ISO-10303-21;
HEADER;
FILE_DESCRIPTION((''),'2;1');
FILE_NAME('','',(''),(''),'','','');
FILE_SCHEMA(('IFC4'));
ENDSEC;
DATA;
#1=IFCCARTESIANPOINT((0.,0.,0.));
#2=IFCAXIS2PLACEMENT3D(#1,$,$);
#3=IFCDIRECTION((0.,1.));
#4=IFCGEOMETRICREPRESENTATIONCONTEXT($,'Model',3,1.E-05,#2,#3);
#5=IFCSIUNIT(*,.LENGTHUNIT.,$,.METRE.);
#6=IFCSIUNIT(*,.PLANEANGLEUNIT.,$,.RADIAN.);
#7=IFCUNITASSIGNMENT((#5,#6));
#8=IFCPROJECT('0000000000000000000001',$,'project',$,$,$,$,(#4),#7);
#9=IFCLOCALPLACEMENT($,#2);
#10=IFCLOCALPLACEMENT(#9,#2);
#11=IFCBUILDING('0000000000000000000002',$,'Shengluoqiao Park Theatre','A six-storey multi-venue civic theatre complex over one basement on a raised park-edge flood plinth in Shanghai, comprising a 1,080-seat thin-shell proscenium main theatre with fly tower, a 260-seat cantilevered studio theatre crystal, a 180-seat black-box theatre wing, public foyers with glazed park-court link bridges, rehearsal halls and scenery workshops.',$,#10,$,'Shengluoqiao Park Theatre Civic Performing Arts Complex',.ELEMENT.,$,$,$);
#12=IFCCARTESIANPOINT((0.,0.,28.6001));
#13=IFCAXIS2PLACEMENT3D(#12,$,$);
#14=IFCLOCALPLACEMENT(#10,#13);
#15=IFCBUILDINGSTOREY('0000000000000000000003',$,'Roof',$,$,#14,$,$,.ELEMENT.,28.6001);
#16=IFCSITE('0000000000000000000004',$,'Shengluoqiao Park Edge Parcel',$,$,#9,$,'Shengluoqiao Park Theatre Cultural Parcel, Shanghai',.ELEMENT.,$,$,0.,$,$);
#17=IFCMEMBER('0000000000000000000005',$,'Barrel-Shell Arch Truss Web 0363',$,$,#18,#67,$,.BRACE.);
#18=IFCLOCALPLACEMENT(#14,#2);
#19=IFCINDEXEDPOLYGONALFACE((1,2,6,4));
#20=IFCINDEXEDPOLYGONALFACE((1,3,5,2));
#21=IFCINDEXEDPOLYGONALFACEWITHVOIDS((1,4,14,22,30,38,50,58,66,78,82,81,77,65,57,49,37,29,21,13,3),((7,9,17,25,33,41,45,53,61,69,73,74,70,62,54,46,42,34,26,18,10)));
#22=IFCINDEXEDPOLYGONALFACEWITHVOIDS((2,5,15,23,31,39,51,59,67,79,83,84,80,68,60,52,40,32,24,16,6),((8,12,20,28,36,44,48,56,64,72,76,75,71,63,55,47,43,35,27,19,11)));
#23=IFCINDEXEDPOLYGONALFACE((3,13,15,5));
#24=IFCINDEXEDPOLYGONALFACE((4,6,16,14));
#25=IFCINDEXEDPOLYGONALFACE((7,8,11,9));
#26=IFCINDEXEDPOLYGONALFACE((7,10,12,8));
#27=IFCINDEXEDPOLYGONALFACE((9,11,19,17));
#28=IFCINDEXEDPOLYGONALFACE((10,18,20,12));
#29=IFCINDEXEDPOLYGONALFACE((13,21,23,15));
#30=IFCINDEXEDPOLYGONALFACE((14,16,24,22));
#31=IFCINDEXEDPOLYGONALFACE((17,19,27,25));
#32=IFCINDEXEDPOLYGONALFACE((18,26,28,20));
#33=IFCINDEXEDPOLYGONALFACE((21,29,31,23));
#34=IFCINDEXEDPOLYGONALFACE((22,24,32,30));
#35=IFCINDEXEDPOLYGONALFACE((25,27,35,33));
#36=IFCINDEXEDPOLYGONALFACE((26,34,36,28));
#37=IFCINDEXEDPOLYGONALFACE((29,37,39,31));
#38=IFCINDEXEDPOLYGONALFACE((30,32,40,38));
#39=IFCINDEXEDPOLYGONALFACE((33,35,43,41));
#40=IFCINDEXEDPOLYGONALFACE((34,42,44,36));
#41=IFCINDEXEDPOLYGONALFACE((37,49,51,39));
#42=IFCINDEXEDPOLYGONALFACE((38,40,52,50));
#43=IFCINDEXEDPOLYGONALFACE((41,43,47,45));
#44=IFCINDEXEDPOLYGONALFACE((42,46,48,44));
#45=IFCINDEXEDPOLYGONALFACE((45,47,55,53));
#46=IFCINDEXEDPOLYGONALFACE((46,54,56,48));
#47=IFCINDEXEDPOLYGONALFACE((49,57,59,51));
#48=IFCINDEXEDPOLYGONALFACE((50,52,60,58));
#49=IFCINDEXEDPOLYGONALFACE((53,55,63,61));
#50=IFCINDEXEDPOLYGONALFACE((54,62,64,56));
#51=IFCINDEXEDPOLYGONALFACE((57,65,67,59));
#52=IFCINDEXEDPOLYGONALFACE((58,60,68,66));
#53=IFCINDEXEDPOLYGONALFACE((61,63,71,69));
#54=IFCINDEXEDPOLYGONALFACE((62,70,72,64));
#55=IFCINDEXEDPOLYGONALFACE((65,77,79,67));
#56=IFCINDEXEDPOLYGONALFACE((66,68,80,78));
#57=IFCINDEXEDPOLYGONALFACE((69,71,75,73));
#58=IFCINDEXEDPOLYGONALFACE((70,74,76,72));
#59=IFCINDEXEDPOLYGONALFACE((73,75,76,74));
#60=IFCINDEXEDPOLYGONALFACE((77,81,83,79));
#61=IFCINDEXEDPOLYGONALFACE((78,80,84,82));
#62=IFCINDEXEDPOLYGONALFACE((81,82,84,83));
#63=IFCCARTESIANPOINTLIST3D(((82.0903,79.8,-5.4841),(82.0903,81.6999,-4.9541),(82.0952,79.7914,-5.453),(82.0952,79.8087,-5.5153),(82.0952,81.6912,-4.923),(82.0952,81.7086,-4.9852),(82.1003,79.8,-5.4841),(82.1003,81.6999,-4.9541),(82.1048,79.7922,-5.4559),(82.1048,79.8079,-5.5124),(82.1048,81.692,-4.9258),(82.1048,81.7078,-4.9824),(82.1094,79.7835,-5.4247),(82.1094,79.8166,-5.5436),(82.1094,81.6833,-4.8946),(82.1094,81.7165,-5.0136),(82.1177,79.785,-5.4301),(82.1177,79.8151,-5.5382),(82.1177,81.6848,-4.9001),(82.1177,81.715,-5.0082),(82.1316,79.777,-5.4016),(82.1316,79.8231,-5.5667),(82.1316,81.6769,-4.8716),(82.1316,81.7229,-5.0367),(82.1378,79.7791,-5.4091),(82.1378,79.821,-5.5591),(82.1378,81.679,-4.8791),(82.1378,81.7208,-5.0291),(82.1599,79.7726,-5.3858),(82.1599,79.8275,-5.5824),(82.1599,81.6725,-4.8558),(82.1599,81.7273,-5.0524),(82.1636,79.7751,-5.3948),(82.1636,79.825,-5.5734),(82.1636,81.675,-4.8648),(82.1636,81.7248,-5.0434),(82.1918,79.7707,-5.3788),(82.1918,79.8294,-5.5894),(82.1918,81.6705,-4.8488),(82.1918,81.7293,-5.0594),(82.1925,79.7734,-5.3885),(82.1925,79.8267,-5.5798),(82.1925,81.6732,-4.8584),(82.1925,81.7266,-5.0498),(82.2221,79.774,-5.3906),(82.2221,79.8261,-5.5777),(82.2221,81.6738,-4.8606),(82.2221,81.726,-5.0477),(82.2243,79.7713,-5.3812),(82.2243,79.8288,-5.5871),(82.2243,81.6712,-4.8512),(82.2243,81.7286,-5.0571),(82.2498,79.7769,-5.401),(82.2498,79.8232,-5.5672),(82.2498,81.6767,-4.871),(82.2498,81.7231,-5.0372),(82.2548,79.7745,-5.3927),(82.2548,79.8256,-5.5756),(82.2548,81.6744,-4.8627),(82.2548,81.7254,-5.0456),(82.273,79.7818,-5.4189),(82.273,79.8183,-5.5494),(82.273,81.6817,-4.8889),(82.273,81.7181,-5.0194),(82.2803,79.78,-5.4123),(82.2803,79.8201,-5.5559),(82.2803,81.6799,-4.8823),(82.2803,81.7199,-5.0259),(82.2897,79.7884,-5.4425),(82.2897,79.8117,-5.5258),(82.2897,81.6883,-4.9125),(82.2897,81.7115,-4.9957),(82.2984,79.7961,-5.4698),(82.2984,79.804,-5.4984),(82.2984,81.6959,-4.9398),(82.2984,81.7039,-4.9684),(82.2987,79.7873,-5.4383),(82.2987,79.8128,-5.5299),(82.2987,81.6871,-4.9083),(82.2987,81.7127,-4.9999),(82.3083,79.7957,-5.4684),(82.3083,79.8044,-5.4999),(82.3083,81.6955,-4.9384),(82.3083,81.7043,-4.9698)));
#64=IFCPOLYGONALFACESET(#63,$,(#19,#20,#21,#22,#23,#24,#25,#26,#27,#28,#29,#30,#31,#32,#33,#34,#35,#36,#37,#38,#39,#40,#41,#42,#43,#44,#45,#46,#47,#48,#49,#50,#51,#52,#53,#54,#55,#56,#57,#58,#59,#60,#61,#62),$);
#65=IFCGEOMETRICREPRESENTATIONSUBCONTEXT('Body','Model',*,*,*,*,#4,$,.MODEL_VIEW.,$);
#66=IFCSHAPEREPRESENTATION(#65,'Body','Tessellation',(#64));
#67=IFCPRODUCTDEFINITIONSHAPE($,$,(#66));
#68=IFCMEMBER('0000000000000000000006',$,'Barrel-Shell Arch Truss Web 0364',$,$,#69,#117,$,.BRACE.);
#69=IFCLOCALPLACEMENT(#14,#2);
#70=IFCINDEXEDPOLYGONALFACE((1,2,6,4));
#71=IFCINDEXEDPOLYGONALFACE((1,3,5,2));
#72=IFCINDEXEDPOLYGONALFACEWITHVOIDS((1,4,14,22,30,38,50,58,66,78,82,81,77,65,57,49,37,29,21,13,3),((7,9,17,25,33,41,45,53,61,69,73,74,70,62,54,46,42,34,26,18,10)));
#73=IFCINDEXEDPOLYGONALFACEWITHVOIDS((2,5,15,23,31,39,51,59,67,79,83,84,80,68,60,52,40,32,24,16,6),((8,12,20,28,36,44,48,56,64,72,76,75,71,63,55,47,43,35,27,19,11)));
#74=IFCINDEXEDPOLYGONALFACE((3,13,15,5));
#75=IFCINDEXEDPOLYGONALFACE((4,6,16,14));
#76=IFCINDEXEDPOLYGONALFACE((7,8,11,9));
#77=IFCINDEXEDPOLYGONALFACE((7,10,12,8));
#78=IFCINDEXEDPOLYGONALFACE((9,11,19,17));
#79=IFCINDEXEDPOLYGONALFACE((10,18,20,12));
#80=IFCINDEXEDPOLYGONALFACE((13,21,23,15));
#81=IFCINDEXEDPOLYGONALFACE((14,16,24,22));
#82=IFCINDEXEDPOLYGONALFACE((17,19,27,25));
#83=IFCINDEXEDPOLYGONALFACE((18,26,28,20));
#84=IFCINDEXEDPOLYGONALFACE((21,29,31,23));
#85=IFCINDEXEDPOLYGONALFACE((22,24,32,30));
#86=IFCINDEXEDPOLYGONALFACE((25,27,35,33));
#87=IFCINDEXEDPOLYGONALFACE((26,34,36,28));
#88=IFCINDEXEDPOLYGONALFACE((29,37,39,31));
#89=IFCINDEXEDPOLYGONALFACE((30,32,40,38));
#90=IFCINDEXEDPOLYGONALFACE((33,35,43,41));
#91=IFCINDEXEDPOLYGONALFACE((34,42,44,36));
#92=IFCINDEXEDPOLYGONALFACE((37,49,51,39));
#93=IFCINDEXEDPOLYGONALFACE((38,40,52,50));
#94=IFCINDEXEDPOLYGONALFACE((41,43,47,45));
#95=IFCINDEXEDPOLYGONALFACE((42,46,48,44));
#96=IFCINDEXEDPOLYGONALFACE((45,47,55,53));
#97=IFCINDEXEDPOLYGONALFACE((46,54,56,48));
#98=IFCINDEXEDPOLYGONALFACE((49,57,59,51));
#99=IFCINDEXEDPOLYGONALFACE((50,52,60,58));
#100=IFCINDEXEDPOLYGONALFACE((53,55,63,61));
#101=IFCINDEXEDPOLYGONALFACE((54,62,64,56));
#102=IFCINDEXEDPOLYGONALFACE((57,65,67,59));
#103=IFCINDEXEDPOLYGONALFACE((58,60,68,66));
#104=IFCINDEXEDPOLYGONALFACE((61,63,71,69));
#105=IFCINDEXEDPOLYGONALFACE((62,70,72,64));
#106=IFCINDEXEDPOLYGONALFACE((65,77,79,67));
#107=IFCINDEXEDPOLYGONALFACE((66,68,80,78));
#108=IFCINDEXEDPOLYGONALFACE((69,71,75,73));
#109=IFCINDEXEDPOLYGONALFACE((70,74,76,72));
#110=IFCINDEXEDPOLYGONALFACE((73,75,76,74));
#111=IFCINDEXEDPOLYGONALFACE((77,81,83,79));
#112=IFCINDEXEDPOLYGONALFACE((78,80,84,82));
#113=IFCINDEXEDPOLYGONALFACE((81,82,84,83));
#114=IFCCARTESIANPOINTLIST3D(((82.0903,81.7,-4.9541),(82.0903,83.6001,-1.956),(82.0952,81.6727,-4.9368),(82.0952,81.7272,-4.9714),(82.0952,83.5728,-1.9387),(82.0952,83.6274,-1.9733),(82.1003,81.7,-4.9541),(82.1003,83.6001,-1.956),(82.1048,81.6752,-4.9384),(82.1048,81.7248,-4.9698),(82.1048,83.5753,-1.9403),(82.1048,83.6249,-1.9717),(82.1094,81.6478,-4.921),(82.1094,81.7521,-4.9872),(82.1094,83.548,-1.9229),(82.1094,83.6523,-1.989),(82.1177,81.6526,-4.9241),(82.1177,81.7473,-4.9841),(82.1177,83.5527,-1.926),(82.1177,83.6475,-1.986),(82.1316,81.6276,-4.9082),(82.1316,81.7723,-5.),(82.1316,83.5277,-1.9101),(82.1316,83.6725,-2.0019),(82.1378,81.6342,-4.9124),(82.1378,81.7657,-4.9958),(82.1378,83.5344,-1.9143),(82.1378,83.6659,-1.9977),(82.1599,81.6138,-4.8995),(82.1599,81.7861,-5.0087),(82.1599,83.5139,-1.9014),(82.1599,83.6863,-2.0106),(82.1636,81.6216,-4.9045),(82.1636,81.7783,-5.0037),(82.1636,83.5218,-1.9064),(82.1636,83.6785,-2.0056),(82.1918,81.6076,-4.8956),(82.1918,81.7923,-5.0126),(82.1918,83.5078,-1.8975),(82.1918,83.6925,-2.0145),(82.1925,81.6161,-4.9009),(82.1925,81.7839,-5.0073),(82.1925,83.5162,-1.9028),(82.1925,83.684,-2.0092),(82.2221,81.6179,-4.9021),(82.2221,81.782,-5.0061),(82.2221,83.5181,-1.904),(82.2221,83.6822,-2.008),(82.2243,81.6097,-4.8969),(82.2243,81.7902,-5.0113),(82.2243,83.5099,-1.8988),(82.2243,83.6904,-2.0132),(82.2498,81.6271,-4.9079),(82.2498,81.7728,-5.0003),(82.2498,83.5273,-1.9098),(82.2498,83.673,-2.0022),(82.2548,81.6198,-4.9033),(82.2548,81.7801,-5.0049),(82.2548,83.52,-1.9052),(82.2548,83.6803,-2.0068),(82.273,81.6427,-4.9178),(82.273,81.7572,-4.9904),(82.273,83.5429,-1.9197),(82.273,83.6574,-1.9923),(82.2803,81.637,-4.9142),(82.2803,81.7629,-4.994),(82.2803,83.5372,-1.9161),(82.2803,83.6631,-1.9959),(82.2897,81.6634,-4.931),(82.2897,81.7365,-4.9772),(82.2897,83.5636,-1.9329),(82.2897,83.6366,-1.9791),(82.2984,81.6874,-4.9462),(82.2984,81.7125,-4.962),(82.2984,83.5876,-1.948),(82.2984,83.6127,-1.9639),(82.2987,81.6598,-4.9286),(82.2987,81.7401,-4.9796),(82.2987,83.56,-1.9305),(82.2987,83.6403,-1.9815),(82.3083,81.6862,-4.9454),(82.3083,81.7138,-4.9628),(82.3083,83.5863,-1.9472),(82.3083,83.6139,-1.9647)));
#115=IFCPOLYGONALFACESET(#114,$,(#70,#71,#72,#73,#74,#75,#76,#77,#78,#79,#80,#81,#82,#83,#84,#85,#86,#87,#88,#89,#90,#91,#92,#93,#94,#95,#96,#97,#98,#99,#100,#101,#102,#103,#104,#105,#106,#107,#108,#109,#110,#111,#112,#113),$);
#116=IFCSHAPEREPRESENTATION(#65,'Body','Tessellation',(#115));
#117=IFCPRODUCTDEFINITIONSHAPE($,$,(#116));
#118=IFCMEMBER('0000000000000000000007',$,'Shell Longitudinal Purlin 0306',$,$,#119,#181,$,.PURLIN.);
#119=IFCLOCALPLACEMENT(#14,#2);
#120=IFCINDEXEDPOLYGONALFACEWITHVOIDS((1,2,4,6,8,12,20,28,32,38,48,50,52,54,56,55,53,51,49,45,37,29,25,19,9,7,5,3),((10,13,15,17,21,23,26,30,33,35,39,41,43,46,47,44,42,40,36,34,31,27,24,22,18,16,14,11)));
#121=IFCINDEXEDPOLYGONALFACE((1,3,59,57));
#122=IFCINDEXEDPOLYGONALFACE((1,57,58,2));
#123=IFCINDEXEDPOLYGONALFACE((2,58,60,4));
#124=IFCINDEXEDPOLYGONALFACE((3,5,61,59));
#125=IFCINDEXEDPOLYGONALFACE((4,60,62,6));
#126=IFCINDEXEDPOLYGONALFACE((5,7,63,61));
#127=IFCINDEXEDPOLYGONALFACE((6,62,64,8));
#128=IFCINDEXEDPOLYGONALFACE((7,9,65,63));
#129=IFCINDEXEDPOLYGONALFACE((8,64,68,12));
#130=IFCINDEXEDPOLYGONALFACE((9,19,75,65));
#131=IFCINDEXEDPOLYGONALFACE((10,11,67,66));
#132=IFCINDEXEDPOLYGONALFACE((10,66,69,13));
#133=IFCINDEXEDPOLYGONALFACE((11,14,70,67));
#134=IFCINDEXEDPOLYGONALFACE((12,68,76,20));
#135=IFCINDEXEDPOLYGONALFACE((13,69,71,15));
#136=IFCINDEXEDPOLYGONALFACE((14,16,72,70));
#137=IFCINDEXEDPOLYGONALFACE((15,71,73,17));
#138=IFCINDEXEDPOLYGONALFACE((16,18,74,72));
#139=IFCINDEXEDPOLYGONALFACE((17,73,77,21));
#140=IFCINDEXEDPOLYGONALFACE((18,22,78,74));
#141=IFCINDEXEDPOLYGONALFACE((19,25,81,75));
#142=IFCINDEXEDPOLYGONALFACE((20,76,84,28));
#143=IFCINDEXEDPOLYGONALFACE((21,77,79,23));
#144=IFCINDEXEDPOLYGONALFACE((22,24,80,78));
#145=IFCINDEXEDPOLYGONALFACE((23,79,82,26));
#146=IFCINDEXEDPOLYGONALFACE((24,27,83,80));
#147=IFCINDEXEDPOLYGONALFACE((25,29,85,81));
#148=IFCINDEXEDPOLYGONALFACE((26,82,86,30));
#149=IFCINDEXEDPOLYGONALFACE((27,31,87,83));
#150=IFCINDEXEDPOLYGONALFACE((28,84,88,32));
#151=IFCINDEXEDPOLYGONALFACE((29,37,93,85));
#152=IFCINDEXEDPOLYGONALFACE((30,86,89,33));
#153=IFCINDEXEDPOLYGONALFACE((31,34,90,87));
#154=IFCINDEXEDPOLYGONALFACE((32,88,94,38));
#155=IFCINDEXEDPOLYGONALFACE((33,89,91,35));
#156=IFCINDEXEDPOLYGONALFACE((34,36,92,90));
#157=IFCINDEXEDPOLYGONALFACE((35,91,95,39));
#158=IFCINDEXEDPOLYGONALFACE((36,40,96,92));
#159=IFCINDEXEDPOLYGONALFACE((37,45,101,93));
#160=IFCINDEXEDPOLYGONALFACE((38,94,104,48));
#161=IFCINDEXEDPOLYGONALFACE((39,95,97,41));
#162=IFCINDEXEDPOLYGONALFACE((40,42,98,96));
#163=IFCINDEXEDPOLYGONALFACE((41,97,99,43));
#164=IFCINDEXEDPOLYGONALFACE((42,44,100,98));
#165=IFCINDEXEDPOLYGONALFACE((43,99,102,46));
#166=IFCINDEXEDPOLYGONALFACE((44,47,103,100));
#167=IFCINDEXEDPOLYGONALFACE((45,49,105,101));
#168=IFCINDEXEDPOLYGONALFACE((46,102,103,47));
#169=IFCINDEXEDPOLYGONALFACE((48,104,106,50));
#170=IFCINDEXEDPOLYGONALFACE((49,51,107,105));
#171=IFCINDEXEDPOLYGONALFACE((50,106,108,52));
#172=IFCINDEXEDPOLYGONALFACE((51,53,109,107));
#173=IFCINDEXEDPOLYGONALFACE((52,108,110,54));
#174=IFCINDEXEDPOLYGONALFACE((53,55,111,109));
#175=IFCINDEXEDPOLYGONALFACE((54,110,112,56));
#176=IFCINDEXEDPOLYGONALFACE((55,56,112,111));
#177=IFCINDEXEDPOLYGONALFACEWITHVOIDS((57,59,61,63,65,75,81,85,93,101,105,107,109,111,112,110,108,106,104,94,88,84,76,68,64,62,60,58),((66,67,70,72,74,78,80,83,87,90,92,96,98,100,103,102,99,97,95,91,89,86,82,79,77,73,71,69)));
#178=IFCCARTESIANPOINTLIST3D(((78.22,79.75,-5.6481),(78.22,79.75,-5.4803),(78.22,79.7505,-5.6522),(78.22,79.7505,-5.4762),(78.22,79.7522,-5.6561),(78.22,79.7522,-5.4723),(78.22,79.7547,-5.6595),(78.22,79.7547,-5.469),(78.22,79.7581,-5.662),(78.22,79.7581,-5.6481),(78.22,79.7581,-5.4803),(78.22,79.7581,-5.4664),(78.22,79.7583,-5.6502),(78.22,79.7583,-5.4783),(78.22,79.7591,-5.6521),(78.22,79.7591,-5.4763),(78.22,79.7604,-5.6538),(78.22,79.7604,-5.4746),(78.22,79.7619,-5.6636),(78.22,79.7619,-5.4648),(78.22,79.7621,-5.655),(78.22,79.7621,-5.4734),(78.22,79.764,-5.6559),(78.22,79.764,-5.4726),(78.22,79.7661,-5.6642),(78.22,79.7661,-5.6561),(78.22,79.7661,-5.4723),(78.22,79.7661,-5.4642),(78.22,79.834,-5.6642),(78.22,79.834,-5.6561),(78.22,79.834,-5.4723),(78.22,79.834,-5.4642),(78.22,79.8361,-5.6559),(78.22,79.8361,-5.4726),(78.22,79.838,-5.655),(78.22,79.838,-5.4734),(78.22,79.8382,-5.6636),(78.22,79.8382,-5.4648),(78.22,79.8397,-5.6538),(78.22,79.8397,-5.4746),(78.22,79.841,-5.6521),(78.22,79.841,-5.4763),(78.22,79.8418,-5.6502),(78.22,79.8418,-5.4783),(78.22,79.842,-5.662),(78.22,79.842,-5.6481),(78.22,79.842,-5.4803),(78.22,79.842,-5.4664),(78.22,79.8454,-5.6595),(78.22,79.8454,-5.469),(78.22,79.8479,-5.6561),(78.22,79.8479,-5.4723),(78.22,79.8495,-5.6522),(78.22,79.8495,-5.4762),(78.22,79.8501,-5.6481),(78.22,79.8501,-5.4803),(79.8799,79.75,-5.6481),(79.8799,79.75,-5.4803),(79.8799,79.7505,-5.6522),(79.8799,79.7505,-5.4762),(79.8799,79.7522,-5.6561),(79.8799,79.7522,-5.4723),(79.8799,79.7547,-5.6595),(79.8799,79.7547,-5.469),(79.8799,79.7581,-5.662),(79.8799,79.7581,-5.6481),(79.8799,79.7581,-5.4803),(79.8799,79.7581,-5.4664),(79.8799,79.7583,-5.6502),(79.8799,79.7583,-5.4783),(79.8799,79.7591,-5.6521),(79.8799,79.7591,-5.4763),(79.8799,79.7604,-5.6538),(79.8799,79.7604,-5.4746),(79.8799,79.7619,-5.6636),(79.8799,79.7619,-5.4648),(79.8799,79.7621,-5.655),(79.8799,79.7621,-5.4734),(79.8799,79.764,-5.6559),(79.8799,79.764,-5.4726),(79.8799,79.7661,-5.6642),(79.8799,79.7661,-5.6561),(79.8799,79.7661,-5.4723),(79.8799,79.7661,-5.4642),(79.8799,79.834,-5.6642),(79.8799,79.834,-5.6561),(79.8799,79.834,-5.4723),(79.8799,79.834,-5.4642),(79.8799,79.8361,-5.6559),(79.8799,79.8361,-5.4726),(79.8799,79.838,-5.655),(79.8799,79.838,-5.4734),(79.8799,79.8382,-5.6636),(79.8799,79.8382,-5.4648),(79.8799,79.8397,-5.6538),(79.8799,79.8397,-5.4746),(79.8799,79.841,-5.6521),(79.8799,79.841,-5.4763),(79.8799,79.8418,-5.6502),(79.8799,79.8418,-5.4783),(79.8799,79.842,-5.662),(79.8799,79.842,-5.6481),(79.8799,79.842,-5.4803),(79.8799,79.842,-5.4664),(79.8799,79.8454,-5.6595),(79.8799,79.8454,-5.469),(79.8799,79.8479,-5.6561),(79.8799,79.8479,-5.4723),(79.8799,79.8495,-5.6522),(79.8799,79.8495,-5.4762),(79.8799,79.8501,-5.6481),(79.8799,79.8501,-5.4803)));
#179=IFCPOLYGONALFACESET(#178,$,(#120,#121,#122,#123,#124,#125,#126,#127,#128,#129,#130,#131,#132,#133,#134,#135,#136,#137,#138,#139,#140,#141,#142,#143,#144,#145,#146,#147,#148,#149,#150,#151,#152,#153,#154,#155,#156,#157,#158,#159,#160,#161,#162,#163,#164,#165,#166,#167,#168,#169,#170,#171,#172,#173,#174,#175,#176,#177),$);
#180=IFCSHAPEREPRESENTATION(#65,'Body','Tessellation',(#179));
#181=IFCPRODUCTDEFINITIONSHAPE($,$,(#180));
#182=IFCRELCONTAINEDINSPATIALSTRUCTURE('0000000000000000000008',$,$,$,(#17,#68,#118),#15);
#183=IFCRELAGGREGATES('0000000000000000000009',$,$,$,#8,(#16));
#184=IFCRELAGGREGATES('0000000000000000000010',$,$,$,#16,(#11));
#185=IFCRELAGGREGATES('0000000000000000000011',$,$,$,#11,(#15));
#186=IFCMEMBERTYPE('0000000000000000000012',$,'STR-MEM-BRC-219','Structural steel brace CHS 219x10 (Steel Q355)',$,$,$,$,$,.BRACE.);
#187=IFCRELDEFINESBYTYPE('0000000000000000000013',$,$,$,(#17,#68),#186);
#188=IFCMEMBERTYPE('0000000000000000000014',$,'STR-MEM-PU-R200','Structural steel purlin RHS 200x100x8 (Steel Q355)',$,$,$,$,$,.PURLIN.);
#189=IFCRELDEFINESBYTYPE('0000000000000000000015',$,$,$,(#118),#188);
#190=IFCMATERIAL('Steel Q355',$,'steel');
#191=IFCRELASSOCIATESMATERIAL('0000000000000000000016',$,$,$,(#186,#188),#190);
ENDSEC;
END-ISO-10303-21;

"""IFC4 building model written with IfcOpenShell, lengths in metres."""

from ifc_helpers import new_model, si_unit, direction, frame, origin, origin_2d, place, context, subcontext, project, spatial, hollow_rectangle, hollow_circle, extrude, material, material_profile, profile_set, type_object, element, save


model = new_model("IFC4")

# Units and contexts
model_context = context("Model", 3, precision=1e-05, world=origin(), true_north=direction((0.0, 1.0)))
body_context = subcontext(model_context, "Body", "Model", "MODEL_VIEW")
ifc_project = project(units=[si_unit("LENGTHUNIT", "METRE"), si_unit("PLANEANGLEUNIT", "RADIAN")], contexts=[model_context])

# Site, building, storey
site_placement = place(None, origin())
site = spatial("IfcSite", under=ifc_project, at=site_placement, Name="Shengluoqiao Park Edge Parcel", LongName="Shengluoqiao Park Theatre Cultural Parcel, Shanghai", CompositionType="ELEMENT", RefElevation=0.0)
building_placement = place(site_placement, origin())
building = spatial("IfcBuilding", under=site, at=building_placement, Name="Shengluoqiao Park Theatre", Description="A six-storey multi-venue civic theatre complex over one basement on a raised park-edge flood plinth in Shanghai, comprising a 1,080-seat thin-shell proscenium main theatre with fly tower, a 260-seat cantilevered studio theatre crystal, a 180-seat black-box theatre wing, public foyers with glazed park-court link bridges, rehearsal halls and scenery workshops.", LongName="Shengluoqiao Park Theatre Civic Performing Arts Complex", CompositionType="ELEMENT")
storey_placement = place(building_placement, frame((0.0, 0.0, 28.6001)))
storey = spatial("IfcBuildingStorey", under=building, at=storey_placement, Name="Roof", CompositionType="ELEMENT", Elevation=28.6001)

# Shared definitions
ifc_material_1 = material(Name="Steel Q355", Category="steel")

# Members
ifc_material_profile_1 = material_profile(ifc_material_1, hollow_circle(Radius=0.1096, WallThickness=0.01, at=origin_2d()), Name="CHS 219x10")
ifc_profile_set_1 = profile_set([ifc_material_profile_1], Name="Steel Q355")
member_type_1 = type_object("IfcMemberType", Name="STR-MEM-BRC-219", Description="Structural steel brace CHS 219x10 (Steel Q355)", PredefinedType="BRACE", material=ifc_profile_set_1)
member_1_placement = place(storey_placement, frame((82.2, 79.8, -5.4841), z_axis=(0.0, 0.963219, 0.268716), x_axis=(-1.0, 0.0, 0.0)))
element("IfcMember", 1, at=member_1_placement, inside=storey, type_object=member_type_1, Name="Barrel-Shell Arch Truss Web 0363", PredefinedType="BRACE", context=body_context, shape_type="SweptSolid", body=[
    extrude(hollow_circle(Radius=0.1096, WallThickness=0.01, at=origin_2d()), origin(), (0.0, 0.0, 1.0), 1.9724),
])
member_2_placement = place(storey_placement, frame((82.2, 81.7, -4.9541), z_axis=(0.0, 0.53533, 0.844643), x_axis=(-1.0, 0.0, 0.0)))
element("IfcMember", 2, at=member_2_placement, inside=storey, type_object=member_type_1, Name="Barrel-Shell Arch Truss Web 0364", PredefinedType="BRACE", context=body_context, shape_type="SweptSolid", body=[
    extrude(hollow_circle(Radius=0.1096, WallThickness=0.01, at=origin_2d()), origin(), (0.0, 0.0, 1.0), 3.5496),
])
ifc_material_profile_2 = material_profile(ifc_material_1, hollow_rectangle(XDim=0.1001, YDim=0.2, WallThickness=0.0081, InnerFilletRadius=0.0081, OuterFilletRadius=0.0161, at=origin_2d()), Name="RHS 200x100x8")
ifc_profile_set_2 = profile_set([ifc_material_profile_2], Name="Steel Q355")
member_type_2 = type_object("IfcMemberType", Name="STR-MEM-PU-R200", Description="Structural steel purlin RHS 200x100x8 (Steel Q355)", PredefinedType="PURLIN", material=ifc_profile_set_2)
for number, where, z_axis, x_axis, name in (
    (3, (78.22, 79.8, -5.5642), (1.0, 0.0, 0.0), (0.0, 1.0, 0.0), "Shell Longitudinal Purlin 0306"),
):
    element("IfcMember", number, at=place(storey_placement, frame(where, z_axis=z_axis, x_axis=x_axis)), inside=storey, type_object=member_type_2, Name=name, PredefinedType="PURLIN", context=body_context, shape_type="SweptSolid", body=[
        extrude(hollow_rectangle(XDim=0.1001, YDim=0.2, WallThickness=0.0081, InnerFilletRadius=0.0081, OuterFilletRadius=0.0161, at=origin_2d()), origin(), (0.0, 0.0, 1.0), 1.6599),
    ])

save(model, "model.ifc")
